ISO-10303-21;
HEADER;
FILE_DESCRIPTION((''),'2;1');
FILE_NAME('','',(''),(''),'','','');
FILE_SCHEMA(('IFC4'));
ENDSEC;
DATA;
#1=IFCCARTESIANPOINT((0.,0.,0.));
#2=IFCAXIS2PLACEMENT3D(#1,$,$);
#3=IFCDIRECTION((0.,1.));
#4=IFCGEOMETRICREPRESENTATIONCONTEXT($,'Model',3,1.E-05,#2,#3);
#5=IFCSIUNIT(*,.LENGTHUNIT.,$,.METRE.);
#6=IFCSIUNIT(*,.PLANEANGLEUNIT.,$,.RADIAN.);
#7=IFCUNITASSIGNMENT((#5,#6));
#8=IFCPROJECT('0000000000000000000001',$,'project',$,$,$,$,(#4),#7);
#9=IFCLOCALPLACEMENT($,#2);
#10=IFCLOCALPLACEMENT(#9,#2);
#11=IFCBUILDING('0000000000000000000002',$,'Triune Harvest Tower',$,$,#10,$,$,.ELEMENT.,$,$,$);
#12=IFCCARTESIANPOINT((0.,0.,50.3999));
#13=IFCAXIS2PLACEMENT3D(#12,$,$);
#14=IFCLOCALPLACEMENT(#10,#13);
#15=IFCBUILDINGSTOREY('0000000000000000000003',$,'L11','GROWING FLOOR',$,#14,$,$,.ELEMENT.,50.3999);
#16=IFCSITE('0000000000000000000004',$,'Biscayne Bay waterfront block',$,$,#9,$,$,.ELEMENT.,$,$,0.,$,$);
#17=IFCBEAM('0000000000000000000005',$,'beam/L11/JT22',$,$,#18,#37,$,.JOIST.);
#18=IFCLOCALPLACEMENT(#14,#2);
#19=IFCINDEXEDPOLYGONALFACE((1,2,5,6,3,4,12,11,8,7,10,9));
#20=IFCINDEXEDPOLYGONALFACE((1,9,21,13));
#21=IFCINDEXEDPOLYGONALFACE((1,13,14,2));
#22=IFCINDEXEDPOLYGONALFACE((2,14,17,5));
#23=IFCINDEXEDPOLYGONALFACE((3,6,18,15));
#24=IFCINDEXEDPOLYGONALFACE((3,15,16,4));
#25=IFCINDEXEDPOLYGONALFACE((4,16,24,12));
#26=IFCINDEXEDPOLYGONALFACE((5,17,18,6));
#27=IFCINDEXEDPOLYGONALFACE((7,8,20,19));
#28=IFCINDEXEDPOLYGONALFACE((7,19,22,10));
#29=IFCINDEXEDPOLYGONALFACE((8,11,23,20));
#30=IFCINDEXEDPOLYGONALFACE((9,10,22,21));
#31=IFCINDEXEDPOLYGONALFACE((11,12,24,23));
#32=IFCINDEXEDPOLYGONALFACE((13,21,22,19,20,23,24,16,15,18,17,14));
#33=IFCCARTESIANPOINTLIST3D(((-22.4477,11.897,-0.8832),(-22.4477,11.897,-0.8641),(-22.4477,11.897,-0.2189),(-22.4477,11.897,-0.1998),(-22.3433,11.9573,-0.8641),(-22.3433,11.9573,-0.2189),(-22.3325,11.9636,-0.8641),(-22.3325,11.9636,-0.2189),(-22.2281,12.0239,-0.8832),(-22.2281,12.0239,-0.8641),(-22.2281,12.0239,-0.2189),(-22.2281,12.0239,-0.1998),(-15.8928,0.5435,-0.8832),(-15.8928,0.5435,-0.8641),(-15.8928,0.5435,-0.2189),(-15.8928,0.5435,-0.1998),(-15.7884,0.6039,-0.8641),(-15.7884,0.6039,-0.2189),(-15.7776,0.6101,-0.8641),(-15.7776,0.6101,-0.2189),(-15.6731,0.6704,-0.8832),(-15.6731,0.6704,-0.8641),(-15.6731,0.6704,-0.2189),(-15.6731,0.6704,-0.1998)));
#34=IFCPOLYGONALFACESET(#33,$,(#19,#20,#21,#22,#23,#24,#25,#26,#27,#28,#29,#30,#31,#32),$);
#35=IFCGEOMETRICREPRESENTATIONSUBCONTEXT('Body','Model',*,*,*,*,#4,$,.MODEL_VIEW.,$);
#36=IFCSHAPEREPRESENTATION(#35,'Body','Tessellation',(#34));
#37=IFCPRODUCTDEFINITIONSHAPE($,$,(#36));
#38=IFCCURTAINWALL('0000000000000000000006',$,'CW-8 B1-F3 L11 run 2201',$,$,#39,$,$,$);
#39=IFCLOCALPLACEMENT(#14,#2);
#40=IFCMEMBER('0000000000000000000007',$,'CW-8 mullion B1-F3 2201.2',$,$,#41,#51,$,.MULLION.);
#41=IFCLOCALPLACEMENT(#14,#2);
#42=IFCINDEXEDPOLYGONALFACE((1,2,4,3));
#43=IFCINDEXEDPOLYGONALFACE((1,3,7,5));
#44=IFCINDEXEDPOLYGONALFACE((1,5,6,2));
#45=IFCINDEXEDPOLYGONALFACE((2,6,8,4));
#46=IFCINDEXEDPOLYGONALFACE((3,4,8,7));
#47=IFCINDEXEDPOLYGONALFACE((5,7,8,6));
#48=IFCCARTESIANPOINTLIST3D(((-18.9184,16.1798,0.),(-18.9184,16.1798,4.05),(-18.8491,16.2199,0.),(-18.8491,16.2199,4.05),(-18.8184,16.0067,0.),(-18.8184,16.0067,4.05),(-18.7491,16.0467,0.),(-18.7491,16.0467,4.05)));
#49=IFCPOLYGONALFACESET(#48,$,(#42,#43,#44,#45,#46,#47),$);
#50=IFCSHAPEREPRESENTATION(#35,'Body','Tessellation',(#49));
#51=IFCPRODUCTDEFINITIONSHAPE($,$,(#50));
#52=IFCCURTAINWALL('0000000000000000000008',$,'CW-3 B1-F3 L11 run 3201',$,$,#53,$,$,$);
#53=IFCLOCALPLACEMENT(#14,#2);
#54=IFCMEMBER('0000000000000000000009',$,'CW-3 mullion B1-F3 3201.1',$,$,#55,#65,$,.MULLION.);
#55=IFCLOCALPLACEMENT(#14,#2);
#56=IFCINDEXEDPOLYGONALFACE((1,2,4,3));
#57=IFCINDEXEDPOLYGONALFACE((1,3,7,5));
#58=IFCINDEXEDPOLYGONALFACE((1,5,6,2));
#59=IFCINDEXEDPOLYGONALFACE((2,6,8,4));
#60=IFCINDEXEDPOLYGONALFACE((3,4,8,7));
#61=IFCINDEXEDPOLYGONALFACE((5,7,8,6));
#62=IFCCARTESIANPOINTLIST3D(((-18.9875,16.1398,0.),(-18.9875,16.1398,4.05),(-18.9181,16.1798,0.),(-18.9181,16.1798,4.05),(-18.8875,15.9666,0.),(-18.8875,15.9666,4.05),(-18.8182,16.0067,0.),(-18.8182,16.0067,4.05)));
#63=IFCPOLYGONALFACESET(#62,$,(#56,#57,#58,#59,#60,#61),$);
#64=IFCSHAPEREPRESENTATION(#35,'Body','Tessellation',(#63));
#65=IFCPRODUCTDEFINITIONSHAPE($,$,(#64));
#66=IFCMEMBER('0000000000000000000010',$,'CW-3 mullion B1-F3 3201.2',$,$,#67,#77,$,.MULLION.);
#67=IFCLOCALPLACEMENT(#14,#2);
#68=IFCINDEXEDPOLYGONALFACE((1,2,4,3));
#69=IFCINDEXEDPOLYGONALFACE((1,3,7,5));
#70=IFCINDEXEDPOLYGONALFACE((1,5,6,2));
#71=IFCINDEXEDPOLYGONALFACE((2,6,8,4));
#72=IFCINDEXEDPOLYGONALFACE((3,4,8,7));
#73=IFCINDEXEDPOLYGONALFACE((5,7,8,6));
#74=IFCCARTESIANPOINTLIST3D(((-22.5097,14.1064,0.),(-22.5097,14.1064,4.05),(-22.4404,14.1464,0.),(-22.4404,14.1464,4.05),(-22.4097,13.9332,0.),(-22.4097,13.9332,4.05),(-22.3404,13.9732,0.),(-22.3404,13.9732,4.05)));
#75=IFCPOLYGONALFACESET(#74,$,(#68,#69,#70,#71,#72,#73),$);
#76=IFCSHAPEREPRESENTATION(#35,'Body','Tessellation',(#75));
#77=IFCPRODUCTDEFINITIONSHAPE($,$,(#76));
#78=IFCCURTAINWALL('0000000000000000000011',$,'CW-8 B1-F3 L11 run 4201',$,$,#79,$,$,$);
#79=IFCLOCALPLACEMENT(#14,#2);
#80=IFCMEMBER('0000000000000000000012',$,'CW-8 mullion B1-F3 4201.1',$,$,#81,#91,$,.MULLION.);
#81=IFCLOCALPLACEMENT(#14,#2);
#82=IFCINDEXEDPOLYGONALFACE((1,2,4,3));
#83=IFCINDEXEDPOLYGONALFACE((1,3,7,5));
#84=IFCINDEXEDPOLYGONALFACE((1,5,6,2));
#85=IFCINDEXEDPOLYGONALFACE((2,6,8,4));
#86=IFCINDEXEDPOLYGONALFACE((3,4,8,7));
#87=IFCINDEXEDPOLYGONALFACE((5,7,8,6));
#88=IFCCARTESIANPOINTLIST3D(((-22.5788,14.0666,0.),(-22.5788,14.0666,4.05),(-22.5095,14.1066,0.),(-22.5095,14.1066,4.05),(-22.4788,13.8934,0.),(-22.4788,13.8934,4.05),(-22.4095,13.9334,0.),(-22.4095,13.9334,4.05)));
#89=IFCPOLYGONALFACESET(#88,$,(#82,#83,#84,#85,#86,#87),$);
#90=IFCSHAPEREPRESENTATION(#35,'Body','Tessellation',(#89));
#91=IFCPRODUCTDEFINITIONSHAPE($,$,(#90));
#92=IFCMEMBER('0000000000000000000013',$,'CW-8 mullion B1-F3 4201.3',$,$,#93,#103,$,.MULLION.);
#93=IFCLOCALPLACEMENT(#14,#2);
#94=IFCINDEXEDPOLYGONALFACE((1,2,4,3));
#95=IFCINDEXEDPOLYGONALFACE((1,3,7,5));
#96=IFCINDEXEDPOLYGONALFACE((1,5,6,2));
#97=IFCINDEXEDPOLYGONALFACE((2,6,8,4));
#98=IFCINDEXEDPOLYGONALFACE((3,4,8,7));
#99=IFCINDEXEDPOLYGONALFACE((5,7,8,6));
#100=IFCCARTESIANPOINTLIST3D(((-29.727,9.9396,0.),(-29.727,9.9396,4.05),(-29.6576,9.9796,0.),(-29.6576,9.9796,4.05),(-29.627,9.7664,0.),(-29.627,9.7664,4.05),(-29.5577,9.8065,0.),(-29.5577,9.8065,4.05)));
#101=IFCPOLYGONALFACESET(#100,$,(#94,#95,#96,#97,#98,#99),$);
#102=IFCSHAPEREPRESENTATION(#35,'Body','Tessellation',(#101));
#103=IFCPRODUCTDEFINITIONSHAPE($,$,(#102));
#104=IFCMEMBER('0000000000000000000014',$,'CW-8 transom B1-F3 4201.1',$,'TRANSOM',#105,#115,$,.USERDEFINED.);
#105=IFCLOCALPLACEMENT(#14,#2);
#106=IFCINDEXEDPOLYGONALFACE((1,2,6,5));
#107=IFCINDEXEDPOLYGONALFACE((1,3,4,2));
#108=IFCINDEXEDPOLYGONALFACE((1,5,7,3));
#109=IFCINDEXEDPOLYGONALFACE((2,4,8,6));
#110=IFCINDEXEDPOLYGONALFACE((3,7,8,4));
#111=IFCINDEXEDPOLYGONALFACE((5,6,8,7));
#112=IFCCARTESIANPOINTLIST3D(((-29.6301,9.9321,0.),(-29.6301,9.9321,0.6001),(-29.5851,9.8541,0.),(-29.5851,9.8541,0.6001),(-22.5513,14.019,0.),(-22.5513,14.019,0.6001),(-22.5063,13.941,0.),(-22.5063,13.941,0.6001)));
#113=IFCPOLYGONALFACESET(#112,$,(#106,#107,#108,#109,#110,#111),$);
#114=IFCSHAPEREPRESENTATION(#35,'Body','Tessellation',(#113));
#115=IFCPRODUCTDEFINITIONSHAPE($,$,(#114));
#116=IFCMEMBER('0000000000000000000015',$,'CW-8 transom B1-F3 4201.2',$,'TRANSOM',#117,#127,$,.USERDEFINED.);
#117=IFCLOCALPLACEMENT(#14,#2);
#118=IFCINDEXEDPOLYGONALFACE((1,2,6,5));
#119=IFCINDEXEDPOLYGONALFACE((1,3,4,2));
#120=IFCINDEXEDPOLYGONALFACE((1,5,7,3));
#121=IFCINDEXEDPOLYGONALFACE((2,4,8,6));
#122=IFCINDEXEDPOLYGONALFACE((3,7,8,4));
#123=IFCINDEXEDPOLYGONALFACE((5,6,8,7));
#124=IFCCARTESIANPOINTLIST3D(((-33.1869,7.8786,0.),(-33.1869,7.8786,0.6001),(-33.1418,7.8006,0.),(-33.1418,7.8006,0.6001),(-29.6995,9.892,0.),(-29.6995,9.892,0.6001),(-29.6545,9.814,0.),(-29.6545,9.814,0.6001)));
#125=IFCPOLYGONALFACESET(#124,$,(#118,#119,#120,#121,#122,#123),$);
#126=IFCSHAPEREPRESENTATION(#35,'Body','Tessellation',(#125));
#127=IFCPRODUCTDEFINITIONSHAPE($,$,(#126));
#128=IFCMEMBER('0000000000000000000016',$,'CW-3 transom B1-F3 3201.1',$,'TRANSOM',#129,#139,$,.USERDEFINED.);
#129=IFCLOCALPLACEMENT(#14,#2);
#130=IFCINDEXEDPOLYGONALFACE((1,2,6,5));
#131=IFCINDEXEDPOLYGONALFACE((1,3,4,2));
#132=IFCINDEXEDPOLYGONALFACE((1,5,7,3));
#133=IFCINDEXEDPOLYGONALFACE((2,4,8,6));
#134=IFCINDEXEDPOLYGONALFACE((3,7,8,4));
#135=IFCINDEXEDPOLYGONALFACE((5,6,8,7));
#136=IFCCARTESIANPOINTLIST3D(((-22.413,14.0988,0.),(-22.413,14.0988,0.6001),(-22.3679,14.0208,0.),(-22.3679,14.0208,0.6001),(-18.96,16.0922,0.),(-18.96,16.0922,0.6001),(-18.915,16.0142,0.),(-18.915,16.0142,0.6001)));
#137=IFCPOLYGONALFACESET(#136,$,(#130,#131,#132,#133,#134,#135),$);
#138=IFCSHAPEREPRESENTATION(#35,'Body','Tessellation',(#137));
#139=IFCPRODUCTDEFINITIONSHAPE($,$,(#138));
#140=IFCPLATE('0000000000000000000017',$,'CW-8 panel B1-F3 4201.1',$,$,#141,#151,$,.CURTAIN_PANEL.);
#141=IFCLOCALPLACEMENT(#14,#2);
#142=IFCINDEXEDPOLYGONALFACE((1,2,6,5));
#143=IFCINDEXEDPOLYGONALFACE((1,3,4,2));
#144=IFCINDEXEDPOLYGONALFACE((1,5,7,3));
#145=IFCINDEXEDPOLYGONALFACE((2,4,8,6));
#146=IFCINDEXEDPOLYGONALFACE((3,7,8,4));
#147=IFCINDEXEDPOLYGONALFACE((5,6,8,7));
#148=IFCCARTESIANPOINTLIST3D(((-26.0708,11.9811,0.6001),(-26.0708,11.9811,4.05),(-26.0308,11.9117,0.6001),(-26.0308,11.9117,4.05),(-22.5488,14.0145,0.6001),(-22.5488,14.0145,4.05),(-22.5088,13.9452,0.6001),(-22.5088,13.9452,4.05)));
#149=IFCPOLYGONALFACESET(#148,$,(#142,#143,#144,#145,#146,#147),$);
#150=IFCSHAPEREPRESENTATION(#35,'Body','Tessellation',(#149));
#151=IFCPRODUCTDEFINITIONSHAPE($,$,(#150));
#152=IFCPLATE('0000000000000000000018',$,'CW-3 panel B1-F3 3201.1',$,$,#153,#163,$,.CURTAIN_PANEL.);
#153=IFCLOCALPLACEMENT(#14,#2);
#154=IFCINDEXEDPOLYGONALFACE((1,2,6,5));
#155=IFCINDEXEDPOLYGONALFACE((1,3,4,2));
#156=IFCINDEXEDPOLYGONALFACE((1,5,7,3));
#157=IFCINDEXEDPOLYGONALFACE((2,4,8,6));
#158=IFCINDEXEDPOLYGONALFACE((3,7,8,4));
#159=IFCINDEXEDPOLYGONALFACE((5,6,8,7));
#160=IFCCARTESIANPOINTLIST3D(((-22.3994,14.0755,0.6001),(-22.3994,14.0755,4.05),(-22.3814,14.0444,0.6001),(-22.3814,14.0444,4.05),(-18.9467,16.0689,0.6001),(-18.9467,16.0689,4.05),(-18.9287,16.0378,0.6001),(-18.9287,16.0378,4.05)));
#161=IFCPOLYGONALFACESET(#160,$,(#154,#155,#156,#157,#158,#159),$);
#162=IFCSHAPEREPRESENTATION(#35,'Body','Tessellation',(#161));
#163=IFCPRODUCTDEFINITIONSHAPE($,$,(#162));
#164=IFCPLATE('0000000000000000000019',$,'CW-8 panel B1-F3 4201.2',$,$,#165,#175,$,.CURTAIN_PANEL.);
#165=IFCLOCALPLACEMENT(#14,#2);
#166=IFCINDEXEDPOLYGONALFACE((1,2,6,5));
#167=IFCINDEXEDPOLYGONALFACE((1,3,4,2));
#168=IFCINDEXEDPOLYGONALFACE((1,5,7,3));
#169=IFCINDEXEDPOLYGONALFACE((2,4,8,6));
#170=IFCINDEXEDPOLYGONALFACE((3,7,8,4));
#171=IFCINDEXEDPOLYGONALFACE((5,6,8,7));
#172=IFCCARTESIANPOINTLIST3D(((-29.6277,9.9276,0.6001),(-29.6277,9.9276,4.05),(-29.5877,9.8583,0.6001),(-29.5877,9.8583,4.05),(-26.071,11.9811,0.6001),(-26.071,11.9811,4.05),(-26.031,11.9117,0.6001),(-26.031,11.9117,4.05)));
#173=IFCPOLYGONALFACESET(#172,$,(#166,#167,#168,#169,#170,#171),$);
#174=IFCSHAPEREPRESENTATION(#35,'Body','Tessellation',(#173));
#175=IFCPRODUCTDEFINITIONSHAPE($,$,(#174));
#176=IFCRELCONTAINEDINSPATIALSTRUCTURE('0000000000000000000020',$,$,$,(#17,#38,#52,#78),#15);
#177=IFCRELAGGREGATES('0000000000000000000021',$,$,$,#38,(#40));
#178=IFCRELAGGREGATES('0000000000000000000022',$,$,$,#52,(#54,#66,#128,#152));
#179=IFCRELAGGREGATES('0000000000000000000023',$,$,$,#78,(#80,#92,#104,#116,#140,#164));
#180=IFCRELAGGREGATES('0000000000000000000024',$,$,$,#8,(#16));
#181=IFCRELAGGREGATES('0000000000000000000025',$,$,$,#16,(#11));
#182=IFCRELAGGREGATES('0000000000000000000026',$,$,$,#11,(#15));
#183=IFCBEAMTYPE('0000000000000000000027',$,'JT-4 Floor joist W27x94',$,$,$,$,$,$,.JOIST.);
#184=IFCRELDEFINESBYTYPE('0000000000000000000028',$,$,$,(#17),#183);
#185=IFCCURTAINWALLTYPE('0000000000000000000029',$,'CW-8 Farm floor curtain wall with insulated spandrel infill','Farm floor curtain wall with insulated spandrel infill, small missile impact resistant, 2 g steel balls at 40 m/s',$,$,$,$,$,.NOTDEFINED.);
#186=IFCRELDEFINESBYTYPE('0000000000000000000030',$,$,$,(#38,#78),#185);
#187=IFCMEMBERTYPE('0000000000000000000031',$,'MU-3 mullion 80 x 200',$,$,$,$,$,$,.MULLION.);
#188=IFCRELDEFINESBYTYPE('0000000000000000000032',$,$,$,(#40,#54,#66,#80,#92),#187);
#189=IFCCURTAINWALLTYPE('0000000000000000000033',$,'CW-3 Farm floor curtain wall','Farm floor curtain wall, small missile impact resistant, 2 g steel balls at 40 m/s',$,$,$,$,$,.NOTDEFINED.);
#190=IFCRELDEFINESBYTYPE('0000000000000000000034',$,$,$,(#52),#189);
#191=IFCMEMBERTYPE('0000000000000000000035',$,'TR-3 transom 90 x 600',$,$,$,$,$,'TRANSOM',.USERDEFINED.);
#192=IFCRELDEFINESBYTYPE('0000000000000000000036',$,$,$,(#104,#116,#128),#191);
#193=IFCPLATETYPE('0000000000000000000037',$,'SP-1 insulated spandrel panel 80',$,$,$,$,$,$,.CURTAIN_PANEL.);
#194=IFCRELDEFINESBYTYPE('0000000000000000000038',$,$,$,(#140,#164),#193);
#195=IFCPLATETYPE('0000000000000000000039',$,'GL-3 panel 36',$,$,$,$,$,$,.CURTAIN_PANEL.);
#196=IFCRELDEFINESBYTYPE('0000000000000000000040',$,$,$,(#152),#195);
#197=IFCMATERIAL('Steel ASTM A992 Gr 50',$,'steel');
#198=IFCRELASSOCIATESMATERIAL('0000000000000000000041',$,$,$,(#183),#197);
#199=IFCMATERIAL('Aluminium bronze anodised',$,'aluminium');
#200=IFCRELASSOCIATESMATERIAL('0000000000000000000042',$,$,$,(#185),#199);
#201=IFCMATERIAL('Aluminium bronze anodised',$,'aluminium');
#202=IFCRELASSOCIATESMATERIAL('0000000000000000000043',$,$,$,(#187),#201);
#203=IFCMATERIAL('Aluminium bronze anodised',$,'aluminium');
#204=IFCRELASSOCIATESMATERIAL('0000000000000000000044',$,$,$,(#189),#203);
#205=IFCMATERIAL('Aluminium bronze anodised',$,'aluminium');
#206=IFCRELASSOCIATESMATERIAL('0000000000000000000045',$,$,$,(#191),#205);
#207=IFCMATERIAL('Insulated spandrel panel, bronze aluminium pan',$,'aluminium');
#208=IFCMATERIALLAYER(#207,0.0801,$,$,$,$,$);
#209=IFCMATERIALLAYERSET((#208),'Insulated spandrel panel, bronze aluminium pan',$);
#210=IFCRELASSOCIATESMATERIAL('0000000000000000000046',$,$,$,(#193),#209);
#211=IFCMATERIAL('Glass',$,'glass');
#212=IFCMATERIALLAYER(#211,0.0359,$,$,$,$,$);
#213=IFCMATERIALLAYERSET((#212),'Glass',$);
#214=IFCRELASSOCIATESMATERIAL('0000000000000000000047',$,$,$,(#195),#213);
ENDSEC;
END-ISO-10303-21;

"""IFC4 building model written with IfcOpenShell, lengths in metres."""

from ifc_helpers import new_model, si_unit, direction, frame, origin, origin_2d, place, context, subcontext, project, spatial, rectangle, i_section, extrude, source, transform, mapped, material, layer, layer_set, material_profile, profile_set, type_object, element, aggregate, save


model = new_model("IFC4")

# Units and contexts
model_context = context("Model", 3, precision=1e-05, world=origin(), true_north=direction((0.0, 1.0)))
body_context = subcontext(model_context, "Body", "Model", "MODEL_VIEW")
ifc_project = project(units=[si_unit("LENGTHUNIT", "METRE"), si_unit("PLANEANGLEUNIT", "RADIAN")], contexts=[model_context])

# Site, building, storey
site_placement = place(None, origin())
site = spatial("IfcSite", under=ifc_project, at=site_placement, Name="Biscayne Bay waterfront block", CompositionType="ELEMENT", RefElevation=0.0)
building_placement = place(site_placement, origin())
building = spatial("IfcBuilding", under=site, at=building_placement, Name="Triune Harvest Tower", CompositionType="ELEMENT")
storey_placement = place(building_placement, frame((0.0, 0.0, 50.3999)))
storey = spatial("IfcBuildingStorey", under=building, at=storey_placement, Name="L11", Description="GROWING FLOOR", CompositionType="ELEMENT", Elevation=50.3999)

# Beam
ifc_material_1 = material(Name="Steel ASTM A992 Gr 50", Category="steel")
ifc_material_profile_1 = material_profile(ifc_material_1, i_section(OverallWidth=0.2537, OverallDepth=0.6833, WebThickness=0.0125, FlangeThickness=0.019, at=origin_2d()), Name="W27x94")
ifc_profile_set_1 = profile_set([ifc_material_profile_1], Name="Steel ASTM A992 Gr 50")
beam_type_1 = type_object("IfcBeamType", Name="JT-4 Floor joist W27x94", PredefinedType="JOIST", material=ifc_profile_set_1)
shared_shape_1 = source(origin(), body_context, "Body", "SweptSolid", [
    extrude(i_section(OverallWidth=0.2537, OverallDepth=0.6833, WebThickness=0.0125, FlangeThickness=0.019, at=origin_2d()), origin(), (0.0, 0.0, 1.0), 13.1099),
])
beam_1_placement = place(storey_placement, frame((-22.3379, 11.9604, -0.5415), z_axis=(0.499999, -0.866026, 0.0), x_axis=(0.866026, 0.499999, 0.0)))
element("IfcBeam", 1, at=beam_1_placement, inside=storey, type_object=beam_type_1, Name="beam/L11/JT22", PredefinedType="JOIST", context=body_context, shape_type="MappedRepresentation", body=[
    mapped(shared_shape_1, transform((0.0, 0.0, 0.0), scale=1.0)),
])

# Curtain wall, member
ifc_material_2 = material(Name="Aluminium bronze anodised", Category="aluminium")
curtain_wall_type_1 = type_object("IfcCurtainWallType", Name="CW-8 Farm floor curtain wall with insulated spandrel infill", Description="Farm floor curtain wall with insulated spandrel infill, small missile impact resistant, 2 g steel balls at 40 m/s", PredefinedType="NOTDEFINED", material=ifc_material_2)
curtain_wall_1_placement = place(storey_placement, origin())
curtain_wall_1 = element("IfcCurtainWall", 2, at=curtain_wall_1_placement, inside=storey, type_object=curtain_wall_type_1, Name="CW-8 B1-F3 L11 run 2201")
ifc_material_3 = material(Name="Aluminium bronze anodised", Category="aluminium")
ifc_material_profile_2 = material_profile(ifc_material_3, rectangle(XDim=0.2, YDim=0.0801, at=origin_2d()), Name="MU-3 mullion 80 x 200")
ifc_profile_set_2 = profile_set([ifc_material_profile_2], Name="Aluminium bronze anodised")
member_type_1 = type_object("IfcMemberType", Name="MU-3 mullion 80 x 200", PredefinedType="MULLION", material=ifc_profile_set_2)
shared_shape_2 = source(origin(), body_context, "Body", "SweptSolid", [
    extrude(rectangle(XDim=0.2, YDim=0.0801, at=origin_2d()), origin(), (0.0, 0.0, 1.0), 4.05),
])
member_1_placement = place(storey_placement, frame((-18.8337, 16.1133, 0.0), z_axis=(0.0, 0.0, 1.0), x_axis=(0.500011, -0.866019, 0.0)))
member_1 = element("IfcMember", 3, at=member_1_placement, type_object=member_type_1, Name="CW-8 mullion B1-F3 2201.2", PredefinedType="MULLION", context=body_context, shape_type="MappedRepresentation", body=[
    mapped(shared_shape_2, transform((0.0, 0.0, 0.0), scale=1.0)),
])
aggregate(curtain_wall_1, [member_1])

# Curtain walls, members
ifc_material_4 = material(Name="Aluminium bronze anodised", Category="aluminium")
curtain_wall_type_2 = type_object("IfcCurtainWallType", Name="CW-3 Farm floor curtain wall", Description="Farm floor curtain wall, small missile impact resistant, 2 g steel balls at 40 m/s", PredefinedType="NOTDEFINED", material=ifc_material_4)
curtain_wall_2_placement = place(storey_placement, origin())
curtain_wall_2 = element("IfcCurtainWall", 4, at=curtain_wall_2_placement, inside=storey, type_object=curtain_wall_type_2, Name="CW-3 B1-F3 L11 run 3201")
member_2_placement = place(storey_placement, frame((-18.9028, 16.0732, 0.0), z_axis=(0.0, 0.0, 1.0), x_axis=(0.499993, -0.866029, 0.0)))
member_2 = element("IfcMember", 5, at=member_2_placement, type_object=member_type_1, Name="CW-3 mullion B1-F3 3201.1", PredefinedType="MULLION", context=body_context, shape_type="MappedRepresentation", body=[
    mapped(shared_shape_2, transform((0.0, 0.0, 0.0), scale=1.0)),
])
member_3_placement = place(storey_placement, frame((-22.425, 14.0398, 0.0), z_axis=(0.0, 0.0, 1.0), x_axis=(0.499993, -0.866029, 0.0)))
member_3 = element("IfcMember", 6, at=member_3_placement, type_object=member_type_1, Name="CW-3 mullion B1-F3 3201.2", PredefinedType="MULLION", context=body_context, shape_type="MappedRepresentation", body=[
    mapped(shared_shape_2, transform((0.0, 0.0, 0.0), scale=1.0)),
])
curtain_wall_3_placement = place(storey_placement, origin())
curtain_wall_3 = element("IfcCurtainWall", 7, at=curtain_wall_3_placement, inside=storey, type_object=curtain_wall_type_1, Name="CW-8 B1-F3 L11 run 4201")
member_4_placement = place(storey_placement, frame((-22.4941, 14.0, 0.0), z_axis=(0.0, 0.0, 1.0), x_axis=(0.500002, -0.866024, 0.0)))
member_4 = element("IfcMember", 8, at=member_4_placement, type_object=member_type_1, Name="CW-8 mullion B1-F3 4201.1", PredefinedType="MULLION", context=body_context, shape_type="MappedRepresentation", body=[
    mapped(shared_shape_2, transform((0.0, 0.0, 0.0), scale=1.0)),
])
member_5_placement = place(storey_placement, frame((-29.6423, 9.873, 0.0), z_axis=(0.0, 0.0, 1.0), x_axis=(0.500002, -0.866024, 0.0)))
member_5 = element("IfcMember", 9, at=member_5_placement, type_object=member_type_1, Name="CW-8 mullion B1-F3 4201.3", PredefinedType="MULLION", context=body_context, shape_type="MappedRepresentation", body=[
    mapped(shared_shape_2, transform((0.0, 0.0, 0.0), scale=1.0)),
])
ifc_material_5 = material(Name="Aluminium bronze anodised", Category="aluminium")
ifc_material_profile_3 = material_profile(ifc_material_5, rectangle(XDim=0.0901, YDim=0.6001, at=origin_2d()), Name="TR-3 transom 90 x 600")
ifc_profile_set_3 = profile_set([ifc_material_profile_3], Name="Aluminium bronze anodised")
member_type_2 = type_object("IfcMemberType", Name="TR-3 transom 90 x 600", ElementType="TRANSOM", PredefinedType="USERDEFINED", material=ifc_profile_set_3)
shared_shape_3 = source(origin(), body_context, "Body", "SweptSolid", [
    extrude(rectangle(XDim=0.0901, YDim=0.6001, at=origin_2d()), origin(), (0.0, 0.0, 1.0), 8.1738),
])
member_6_placement = place(storey_placement, frame((-22.5288, 13.98, 0.3), z_axis=(-0.866029, -0.499994, 0.0), x_axis=(0.499994, -0.866029, 0.0)))
member_6 = element("IfcMember", 10, at=member_6_placement, type_object=member_type_2, Name="CW-8 transom B1-F3 4201.1", ObjectType="TRANSOM", PredefinedType="USERDEFINED", context=body_context, shape_type="MappedRepresentation", body=[
    mapped(shared_shape_3, transform((0.0, 0.0, 0.0), scale=1.0)),
])
shared_shape_4 = source(origin(), body_context, "Body", "SweptSolid", [
    extrude(rectangle(XDim=0.0901, YDim=0.6001, at=origin_2d()), origin(), (0.0, 0.0, 1.0), 4.0269),
])
member_7_placement = place(storey_placement, frame((-29.677, 9.853, 0.3), z_axis=(-0.866022, -0.500006, 0.0), x_axis=(0.500006, -0.866022, 0.0)))
member_7 = element("IfcMember", 11, at=member_7_placement, type_object=member_type_2, Name="CW-8 transom B1-F3 4201.2", ObjectType="TRANSOM", PredefinedType="USERDEFINED", context=body_context, shape_type="MappedRepresentation", body=[
    mapped(shared_shape_4, transform((0.0, 0.0, 0.0), scale=1.0)),
])

# Member
shared_shape_5 = source(origin(), body_context, "Body", "SweptSolid", [
    extrude(rectangle(XDim=0.0901, YDim=0.6001, at=origin_2d()), origin(), (0.0, 0.0, 1.0), 3.9871),
])
member_8_placement = place(storey_placement, frame((-18.9375, 16.0532, 0.3), z_axis=(-0.866038, -0.499979, 0.0), x_axis=(0.499979, -0.866038, 0.0)))
member_8 = element("IfcMember", 12, at=member_8_placement, type_object=member_type_2, Name="CW-3 transom B1-F3 3201.1", ObjectType="TRANSOM", PredefinedType="USERDEFINED", context=body_context, shape_type="MappedRepresentation", body=[
    mapped(shared_shape_5, transform((0.0, 0.0, 0.0), scale=1.0)),
])

# Plates
ifc_material_6 = material(Name="Insulated spandrel panel, bronze aluminium pan", Category="aluminium")
ifc_layer_1 = layer(ifc_material_6, 0.0801)
ifc_layer_set_1 = layer_set([ifc_layer_1], Name="Insulated spandrel panel, bronze aluminium pan")
plate_type_1 = type_object("IfcPlateType", Name="SP-1 insulated spandrel panel 80", PredefinedType="CURTAIN_PANEL", material=ifc_layer_set_1)
shared_shape_6 = source(origin(), body_context, "Body", "SweptSolid", [
    extrude(rectangle(XDim=4.0669, YDim=0.0801, at=origin_2d()), origin(), (0.0, 0.0, 1.0), 3.45),
])
plate_1_placement = place(storey_placement, frame((-24.2898, 12.9631, 0.6001), z_axis=(0.0, 0.0, 1.0), x_axis=(-0.866024, -0.500002, 0.0)))
plate_1 = element("IfcPlate", 13, at=plate_1_placement, type_object=plate_type_1, Name="CW-8 panel B1-F3 4201.1", PredefinedType="CURTAIN_PANEL", context=body_context, shape_type="MappedRepresentation", body=[
    mapped(shared_shape_6, transform((0.0, 0.0, 0.0), scale=1.0)),
])
ifc_material_7 = material(Name="Glass", Category="glass")
ifc_layer_2 = layer(ifc_material_7, 0.0359)
ifc_layer_set_2 = layer_set([ifc_layer_2], Name="Glass")
plate_type_2 = type_object("IfcPlateType", Name="GL-3 panel 36", PredefinedType="CURTAIN_PANEL", material=ifc_layer_set_2)
shared_shape_7 = source(origin(), body_context, "Body", "SweptSolid", [
    extrude(rectangle(XDim=3.9868, YDim=0.0359, at=origin_2d()), origin(), (0.0, 0.0, 1.0), 3.45),
])
plate_2_placement = place(storey_placement, frame((-20.6641, 15.0566, 0.6001), z_axis=(0.0, 0.0, 1.0), x_axis=(-0.866029, -0.499993, 0.0)))
plate_2 = element("IfcPlate", 14, at=plate_2_placement, type_object=plate_type_2, Name="CW-3 panel B1-F3 3201.1", PredefinedType="CURTAIN_PANEL", context=body_context, shape_type="MappedRepresentation", body=[
    mapped(shared_shape_7, transform((0.0, 0.0, 0.0), scale=1.0)),
])
aggregate(curtain_wall_2, [member_2, member_3, member_8, plate_2])
shared_shape_8 = source(origin(), body_context, "Body", "SweptSolid", [
    extrude(rectangle(XDim=4.1069, YDim=0.0801, at=origin_2d()), origin(), (0.0, 0.0, 1.0), 3.45),
])
plate_3_placement = place(storey_placement, frame((-27.8293, 10.9197, 0.6001), z_axis=(0.0, 0.0, 1.0), x_axis=(-0.866024, -0.500002, 0.0)))
plate_3 = element("IfcPlate", 15, at=plate_3_placement, type_object=plate_type_1, Name="CW-8 panel B1-F3 4201.2", PredefinedType="CURTAIN_PANEL", context=body_context, shape_type="MappedRepresentation", body=[
    mapped(shared_shape_8, transform((0.0, 0.0, 0.0), scale=1.0)),
])
aggregate(curtain_wall_3, [member_4, member_5, member_6, member_7, plate_1, plate_3])

save(model, "model.ifc")
